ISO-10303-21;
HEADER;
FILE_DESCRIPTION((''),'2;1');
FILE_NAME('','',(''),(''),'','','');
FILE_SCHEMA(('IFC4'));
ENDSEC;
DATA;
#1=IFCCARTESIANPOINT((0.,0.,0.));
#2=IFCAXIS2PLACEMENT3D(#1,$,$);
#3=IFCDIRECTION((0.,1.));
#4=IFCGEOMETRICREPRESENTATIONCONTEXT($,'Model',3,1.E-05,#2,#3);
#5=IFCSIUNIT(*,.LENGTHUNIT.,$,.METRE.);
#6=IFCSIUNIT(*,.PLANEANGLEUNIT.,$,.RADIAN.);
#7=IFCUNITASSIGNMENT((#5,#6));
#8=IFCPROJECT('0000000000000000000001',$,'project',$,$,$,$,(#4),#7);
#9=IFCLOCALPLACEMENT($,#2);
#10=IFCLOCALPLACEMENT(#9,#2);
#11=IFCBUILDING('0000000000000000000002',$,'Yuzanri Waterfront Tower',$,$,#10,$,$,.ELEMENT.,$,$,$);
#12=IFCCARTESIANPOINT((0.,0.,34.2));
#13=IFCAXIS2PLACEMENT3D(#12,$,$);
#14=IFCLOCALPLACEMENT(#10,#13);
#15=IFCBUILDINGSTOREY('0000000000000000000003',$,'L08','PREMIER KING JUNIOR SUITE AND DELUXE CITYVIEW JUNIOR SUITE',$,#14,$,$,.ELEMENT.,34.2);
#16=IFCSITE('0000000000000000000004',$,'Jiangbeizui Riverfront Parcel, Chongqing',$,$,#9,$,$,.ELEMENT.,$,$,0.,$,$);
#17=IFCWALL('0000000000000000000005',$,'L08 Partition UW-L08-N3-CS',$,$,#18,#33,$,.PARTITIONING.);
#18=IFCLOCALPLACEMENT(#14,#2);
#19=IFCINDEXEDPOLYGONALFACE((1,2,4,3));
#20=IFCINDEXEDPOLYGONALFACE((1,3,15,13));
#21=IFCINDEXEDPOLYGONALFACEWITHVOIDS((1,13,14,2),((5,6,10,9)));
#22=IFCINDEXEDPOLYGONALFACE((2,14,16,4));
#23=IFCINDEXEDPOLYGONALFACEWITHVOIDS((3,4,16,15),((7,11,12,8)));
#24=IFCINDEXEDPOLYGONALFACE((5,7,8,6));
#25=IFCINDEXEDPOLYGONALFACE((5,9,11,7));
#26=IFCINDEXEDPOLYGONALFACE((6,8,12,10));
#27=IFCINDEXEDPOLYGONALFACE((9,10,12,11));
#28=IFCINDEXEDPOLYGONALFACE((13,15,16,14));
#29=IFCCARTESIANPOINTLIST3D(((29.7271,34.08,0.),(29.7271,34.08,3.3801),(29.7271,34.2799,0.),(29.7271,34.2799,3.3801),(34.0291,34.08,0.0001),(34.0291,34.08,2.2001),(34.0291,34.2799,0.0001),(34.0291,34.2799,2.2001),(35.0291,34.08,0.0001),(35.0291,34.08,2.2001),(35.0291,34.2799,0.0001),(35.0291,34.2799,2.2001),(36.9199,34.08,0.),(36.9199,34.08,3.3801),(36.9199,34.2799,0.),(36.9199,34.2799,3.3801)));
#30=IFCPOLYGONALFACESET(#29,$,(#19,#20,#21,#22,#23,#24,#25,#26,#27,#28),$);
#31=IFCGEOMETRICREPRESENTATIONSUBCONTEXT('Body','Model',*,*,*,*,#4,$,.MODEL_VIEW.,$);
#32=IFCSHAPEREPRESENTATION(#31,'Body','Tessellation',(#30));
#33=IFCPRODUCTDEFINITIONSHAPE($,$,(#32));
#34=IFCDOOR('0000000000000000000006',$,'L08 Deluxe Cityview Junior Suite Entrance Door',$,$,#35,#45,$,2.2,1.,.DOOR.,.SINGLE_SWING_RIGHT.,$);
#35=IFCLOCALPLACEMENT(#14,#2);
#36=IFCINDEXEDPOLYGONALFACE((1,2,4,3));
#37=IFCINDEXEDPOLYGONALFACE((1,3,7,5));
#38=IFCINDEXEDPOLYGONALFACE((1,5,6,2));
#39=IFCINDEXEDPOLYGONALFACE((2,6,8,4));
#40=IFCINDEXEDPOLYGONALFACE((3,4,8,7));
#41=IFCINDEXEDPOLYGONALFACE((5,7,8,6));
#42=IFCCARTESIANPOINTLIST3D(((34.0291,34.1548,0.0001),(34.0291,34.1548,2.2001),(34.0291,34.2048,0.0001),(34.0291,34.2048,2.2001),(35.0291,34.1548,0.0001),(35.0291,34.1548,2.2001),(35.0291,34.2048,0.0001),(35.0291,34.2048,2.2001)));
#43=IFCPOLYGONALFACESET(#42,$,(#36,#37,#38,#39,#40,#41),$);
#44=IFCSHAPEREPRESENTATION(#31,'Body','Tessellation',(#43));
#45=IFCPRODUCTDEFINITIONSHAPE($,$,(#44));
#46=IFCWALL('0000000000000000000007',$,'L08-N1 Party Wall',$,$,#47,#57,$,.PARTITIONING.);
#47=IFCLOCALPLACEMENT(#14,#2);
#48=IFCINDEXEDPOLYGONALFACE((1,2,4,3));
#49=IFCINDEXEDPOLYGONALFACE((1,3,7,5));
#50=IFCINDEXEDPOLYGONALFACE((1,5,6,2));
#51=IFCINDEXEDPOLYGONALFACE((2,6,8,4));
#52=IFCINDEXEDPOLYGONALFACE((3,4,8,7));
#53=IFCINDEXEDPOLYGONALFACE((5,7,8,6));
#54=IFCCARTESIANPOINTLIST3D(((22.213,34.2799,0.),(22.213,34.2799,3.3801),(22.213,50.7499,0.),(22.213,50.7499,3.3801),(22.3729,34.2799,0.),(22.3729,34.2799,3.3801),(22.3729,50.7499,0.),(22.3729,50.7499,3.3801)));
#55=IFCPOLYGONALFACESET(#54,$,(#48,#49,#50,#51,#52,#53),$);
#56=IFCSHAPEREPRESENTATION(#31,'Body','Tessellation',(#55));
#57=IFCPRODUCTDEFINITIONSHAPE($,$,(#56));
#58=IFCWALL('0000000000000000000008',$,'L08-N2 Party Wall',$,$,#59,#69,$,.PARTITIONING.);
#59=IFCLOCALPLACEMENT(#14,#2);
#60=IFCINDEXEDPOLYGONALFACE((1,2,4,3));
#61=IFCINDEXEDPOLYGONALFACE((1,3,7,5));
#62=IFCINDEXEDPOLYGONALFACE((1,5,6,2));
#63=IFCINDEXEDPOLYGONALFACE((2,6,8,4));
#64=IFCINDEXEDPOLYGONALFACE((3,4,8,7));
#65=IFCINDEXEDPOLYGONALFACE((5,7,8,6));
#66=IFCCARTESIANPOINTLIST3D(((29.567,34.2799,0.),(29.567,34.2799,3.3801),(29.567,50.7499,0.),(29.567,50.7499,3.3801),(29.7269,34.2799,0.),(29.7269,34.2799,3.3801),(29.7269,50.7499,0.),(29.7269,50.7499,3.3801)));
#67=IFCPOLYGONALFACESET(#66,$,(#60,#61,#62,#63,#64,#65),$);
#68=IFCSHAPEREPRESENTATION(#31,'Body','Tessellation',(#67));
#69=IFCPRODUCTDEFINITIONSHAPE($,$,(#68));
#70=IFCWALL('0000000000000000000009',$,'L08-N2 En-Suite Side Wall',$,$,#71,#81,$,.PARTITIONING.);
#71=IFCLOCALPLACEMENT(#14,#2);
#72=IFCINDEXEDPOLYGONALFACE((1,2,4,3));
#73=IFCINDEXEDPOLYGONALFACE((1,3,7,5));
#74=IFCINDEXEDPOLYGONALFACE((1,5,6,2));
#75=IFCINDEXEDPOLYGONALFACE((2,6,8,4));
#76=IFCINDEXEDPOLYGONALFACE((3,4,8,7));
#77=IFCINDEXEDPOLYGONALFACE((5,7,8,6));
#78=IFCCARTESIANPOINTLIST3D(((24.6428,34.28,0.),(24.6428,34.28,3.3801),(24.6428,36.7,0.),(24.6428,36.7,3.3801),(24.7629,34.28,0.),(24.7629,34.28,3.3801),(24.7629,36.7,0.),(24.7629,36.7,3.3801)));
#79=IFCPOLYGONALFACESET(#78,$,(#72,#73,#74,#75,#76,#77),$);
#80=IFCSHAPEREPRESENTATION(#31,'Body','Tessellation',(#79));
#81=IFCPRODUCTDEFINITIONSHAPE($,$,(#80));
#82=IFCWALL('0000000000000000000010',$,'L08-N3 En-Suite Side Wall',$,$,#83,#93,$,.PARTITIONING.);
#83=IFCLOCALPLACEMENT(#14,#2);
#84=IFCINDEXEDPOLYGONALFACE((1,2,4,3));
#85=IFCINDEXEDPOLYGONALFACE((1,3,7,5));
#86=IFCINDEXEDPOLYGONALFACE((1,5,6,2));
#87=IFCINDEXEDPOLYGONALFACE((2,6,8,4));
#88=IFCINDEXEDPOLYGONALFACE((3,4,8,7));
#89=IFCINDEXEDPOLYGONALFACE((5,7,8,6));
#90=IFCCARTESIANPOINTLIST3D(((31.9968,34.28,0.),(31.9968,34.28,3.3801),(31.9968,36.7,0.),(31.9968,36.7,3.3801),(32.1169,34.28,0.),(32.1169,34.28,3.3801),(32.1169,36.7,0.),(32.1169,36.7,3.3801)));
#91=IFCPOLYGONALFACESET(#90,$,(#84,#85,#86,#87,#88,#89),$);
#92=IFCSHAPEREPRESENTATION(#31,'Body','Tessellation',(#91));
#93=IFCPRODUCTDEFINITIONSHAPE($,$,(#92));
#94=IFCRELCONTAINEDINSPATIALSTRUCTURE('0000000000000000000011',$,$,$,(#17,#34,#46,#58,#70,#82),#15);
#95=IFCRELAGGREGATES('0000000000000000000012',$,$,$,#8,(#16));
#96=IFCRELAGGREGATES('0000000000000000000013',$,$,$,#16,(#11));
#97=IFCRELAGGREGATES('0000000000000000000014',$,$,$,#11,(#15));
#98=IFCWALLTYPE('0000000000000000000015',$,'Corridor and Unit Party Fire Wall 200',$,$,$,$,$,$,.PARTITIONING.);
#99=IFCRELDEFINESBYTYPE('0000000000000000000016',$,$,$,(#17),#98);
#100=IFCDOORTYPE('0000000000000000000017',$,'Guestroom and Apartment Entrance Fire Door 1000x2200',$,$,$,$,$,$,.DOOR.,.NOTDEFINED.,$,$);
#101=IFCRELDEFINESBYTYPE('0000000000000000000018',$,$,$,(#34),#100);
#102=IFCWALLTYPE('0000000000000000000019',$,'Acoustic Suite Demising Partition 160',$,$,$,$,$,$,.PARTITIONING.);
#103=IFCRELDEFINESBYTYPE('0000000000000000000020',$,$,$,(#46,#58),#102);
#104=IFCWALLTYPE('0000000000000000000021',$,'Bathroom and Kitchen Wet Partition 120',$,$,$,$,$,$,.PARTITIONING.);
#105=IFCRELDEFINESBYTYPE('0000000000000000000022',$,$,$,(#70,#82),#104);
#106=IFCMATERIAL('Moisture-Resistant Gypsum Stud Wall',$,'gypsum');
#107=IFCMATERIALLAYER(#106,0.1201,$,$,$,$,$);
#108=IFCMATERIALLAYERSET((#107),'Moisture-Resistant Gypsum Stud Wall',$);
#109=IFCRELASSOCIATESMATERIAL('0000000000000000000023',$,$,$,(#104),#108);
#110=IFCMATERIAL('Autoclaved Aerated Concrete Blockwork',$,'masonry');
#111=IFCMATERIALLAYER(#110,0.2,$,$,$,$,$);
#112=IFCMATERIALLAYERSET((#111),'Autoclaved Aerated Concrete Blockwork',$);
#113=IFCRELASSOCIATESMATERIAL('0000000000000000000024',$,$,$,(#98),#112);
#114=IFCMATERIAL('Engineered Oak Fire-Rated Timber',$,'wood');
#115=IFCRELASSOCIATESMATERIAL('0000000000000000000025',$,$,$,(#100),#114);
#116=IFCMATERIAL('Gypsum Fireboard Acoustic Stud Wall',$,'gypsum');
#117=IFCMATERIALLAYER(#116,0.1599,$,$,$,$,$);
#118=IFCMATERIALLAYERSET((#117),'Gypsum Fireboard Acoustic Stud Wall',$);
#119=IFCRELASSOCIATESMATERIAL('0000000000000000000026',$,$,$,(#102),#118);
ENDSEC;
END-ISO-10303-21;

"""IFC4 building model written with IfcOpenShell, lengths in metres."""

from ifc_helpers import new_model, si_unit, direction, frame, frame_2d, origin, place, context, subcontext, project, spatial, rectangle, extrude, source, transform, mapped, material, layer, layer_set, type_object, element, fill, save


model = new_model("IFC4")

# Units and contexts
model_context = context("Model", 3, precision=1e-05, world=origin(), true_north=direction((0.0, 1.0)))
body_context = subcontext(model_context, "Body", "Model", "MODEL_VIEW")
ifc_project = project(units=[si_unit("LENGTHUNIT", "METRE"), si_unit("PLANEANGLEUNIT", "RADIAN")], contexts=[model_context])

# Site, building, storey
site_placement = place(None, origin())
site = spatial("IfcSite", under=ifc_project, at=site_placement, Name="Jiangbeizui Riverfront Parcel, Chongqing", CompositionType="ELEMENT", RefElevation=0.0)
building_placement = place(site_placement, origin())
building = spatial("IfcBuilding", under=site, at=building_placement, Name="Yuzanri Waterfront Tower", CompositionType="ELEMENT")
storey_placement = place(building_placement, frame((0.0, 0.0, 34.2)))
storey = spatial("IfcBuildingStorey", under=building, at=storey_placement, Name="L08", Description="PREMIER KING JUNIOR SUITE AND DELUXE CITYVIEW JUNIOR SUITE", CompositionType="ELEMENT", Elevation=34.2)

# Wall, opening, door
ifc_material_1 = material(Name="Moisture-Resistant Gypsum Stud Wall", Category="gypsum")
ifc_layer_1 = layer(ifc_material_1, 0.1201)
ifc_layer_set_1 = layer_set([ifc_layer_1], Name="Moisture-Resistant Gypsum Stud Wall")
wall_type_1 = type_object("IfcWallType", Name="Bathroom and Kitchen Wet Partition 120", PredefinedType="PARTITIONING", material=ifc_layer_set_1)
ifc_material_2 = material(Name="Autoclaved Aerated Concrete Blockwork", Category="masonry")
ifc_layer_2 = layer(ifc_material_2, 0.2)
ifc_layer_set_2 = layer_set([ifc_layer_2], Name="Autoclaved Aerated Concrete Blockwork")
wall_type_2 = type_object("IfcWallType", Name="Corridor and Unit Party Fire Wall 200", PredefinedType="PARTITIONING", material=ifc_layer_set_2)
ifc_material_3 = material(Name="Engineered Oak Fire-Rated Timber", Category="wood")
door_type_1 = type_object("IfcDoorType", Name="Guestroom and Apartment Entrance Fire Door 1000x2200", OperationType="NOTDEFINED", PredefinedType="DOOR", material=ifc_material_3)
shared_shape_1 = source(origin(), body_context, "Body", "SweptSolid", [
    extrude(rectangle(XDim=1.0, YDim=2.2, at=frame_2d((0.5, 1.1001))), frame((0.0, 0.0249, 0.0), z_axis=(0.0, -1.0, 0.0), x_axis=(1.0, 0.0, 0.0)), (0.0, 0.0, 1.0), 0.05),
])
wall_1_placement = place(storey_placement, frame((29.7271, 34.1799, 0.0), z_axis=(0.0, 0.0, 1.0), x_axis=(1.0, 0.0, 0.0)))
wall_1 = element("IfcWall", 1, at=wall_1_placement, inside=storey, type_object=wall_type_2, Name="L08 Partition UW-L08-N3-CS", PredefinedType="PARTITIONING", context=body_context, shape_type="SweptSolid", body=[
    extrude(rectangle(XDim=7.1929, YDim=0.2, at=frame_2d((3.5964, 0.0))), origin(), (0.0, 0.0, 1.0), 3.3801),
])
opening_1_placement = place(wall_1_placement, frame((4.302, 0.0, 0.0)))
opening_1 = element("IfcOpeningElement", 2, at=opening_1_placement, cuts=wall_1, PredefinedType="OPENING", context=body_context, shape_type="SweptSolid", body=[
    extrude(rectangle(XDim=1.0, YDim=2.2, at=frame_2d((0.5, 1.1001))), frame((0.0, 0.1147, 0.0), z_axis=(0.0, -1.0, 0.0), x_axis=(1.0, 0.0, 0.0)), (0.0, 0.0, 1.0), 0.2297),
])
door_1_placement = place(opening_1_placement, origin())
door_1 = element("IfcDoor", 3, at=door_1_placement, inside=storey, type_object=door_type_1, Name="L08 Deluxe Cityview Junior Suite Entrance Door", OperationType="SINGLE_SWING_RIGHT", OverallHeight=2.2, OverallWidth=1.0, PredefinedType="DOOR", context=body_context, shape_type="MappedRepresentation", body=[
    mapped(shared_shape_1, transform((0.0, 0.0, 0.0), scale=1.0)),
])
fill(opening_1, door_1)

# Walls
ifc_material_4 = material(Name="Gypsum Fireboard Acoustic Stud Wall", Category="gypsum")
ifc_layer_3 = layer(ifc_material_4, 0.1599)
ifc_layer_set_3 = layer_set([ifc_layer_3], Name="Gypsum Fireboard Acoustic Stud Wall")
wall_type_3 = type_object("IfcWallType", Name="Acoustic Suite Demising Partition 160", PredefinedType="PARTITIONING", material=ifc_layer_set_3)
shared_shape_2 = source(origin(), body_context, "Body", "SweptSolid", [
    extrude(rectangle(XDim=16.47, YDim=0.1599, at=frame_2d((8.2349, 0.0))), origin(), (0.0, 0.0, 1.0), 3.3801),
])
for number, where, z_axis, x_axis, name in (
    (4, (22.293, 34.28, 0.0), (0.0, 0.0, 1.0), (0.0, 1.0, 0.0), "L08-N1 Party Wall"),
    (5, (29.647, 34.28, 0.0), (0.0, 0.0, 1.0), (0.0, 1.0, 0.0), "L08-N2 Party Wall"),
):
    element("IfcWall", number, at=place(storey_placement, frame(where, z_axis=z_axis, x_axis=x_axis)), inside=storey, type_object=wall_type_3, Name=name, PredefinedType="PARTITIONING", context=body_context, shape_type="MappedRepresentation", body=[
        mapped(shared_shape_2, transform((0.0, 0.0, 0.0), scale=1.0)),
    ])
shared_shape_3 = source(origin(), body_context, "Body", "SweptSolid", [
    extrude(rectangle(XDim=2.4199, YDim=0.1201, at=frame_2d((1.21, 0.0))), origin(), (0.0, 0.0, 1.0), 3.3801),
])
for number, where, z_axis, x_axis, name in (
    (6, (24.7029, 34.28, 0.0), (0.0, 0.0, 1.0), (0.0, 1.0, 0.0), "L08-N2 En-Suite Side Wall"),
    (7, (32.0569, 34.28, 0.0), (0.0, 0.0, 1.0), (0.0, 1.0, 0.0), "L08-N3 En-Suite Side Wall"),
):
    element("IfcWall", number, at=place(storey_placement, frame(where, z_axis=z_axis, x_axis=x_axis)), inside=storey, type_object=wall_type_1, Name=name, PredefinedType="PARTITIONING", context=body_context, shape_type="MappedRepresentation", body=[
        mapped(shared_shape_3, transform((0.0, 0.0, 0.0), scale=1.0)),
    ])

save(model, "model.ifc")
